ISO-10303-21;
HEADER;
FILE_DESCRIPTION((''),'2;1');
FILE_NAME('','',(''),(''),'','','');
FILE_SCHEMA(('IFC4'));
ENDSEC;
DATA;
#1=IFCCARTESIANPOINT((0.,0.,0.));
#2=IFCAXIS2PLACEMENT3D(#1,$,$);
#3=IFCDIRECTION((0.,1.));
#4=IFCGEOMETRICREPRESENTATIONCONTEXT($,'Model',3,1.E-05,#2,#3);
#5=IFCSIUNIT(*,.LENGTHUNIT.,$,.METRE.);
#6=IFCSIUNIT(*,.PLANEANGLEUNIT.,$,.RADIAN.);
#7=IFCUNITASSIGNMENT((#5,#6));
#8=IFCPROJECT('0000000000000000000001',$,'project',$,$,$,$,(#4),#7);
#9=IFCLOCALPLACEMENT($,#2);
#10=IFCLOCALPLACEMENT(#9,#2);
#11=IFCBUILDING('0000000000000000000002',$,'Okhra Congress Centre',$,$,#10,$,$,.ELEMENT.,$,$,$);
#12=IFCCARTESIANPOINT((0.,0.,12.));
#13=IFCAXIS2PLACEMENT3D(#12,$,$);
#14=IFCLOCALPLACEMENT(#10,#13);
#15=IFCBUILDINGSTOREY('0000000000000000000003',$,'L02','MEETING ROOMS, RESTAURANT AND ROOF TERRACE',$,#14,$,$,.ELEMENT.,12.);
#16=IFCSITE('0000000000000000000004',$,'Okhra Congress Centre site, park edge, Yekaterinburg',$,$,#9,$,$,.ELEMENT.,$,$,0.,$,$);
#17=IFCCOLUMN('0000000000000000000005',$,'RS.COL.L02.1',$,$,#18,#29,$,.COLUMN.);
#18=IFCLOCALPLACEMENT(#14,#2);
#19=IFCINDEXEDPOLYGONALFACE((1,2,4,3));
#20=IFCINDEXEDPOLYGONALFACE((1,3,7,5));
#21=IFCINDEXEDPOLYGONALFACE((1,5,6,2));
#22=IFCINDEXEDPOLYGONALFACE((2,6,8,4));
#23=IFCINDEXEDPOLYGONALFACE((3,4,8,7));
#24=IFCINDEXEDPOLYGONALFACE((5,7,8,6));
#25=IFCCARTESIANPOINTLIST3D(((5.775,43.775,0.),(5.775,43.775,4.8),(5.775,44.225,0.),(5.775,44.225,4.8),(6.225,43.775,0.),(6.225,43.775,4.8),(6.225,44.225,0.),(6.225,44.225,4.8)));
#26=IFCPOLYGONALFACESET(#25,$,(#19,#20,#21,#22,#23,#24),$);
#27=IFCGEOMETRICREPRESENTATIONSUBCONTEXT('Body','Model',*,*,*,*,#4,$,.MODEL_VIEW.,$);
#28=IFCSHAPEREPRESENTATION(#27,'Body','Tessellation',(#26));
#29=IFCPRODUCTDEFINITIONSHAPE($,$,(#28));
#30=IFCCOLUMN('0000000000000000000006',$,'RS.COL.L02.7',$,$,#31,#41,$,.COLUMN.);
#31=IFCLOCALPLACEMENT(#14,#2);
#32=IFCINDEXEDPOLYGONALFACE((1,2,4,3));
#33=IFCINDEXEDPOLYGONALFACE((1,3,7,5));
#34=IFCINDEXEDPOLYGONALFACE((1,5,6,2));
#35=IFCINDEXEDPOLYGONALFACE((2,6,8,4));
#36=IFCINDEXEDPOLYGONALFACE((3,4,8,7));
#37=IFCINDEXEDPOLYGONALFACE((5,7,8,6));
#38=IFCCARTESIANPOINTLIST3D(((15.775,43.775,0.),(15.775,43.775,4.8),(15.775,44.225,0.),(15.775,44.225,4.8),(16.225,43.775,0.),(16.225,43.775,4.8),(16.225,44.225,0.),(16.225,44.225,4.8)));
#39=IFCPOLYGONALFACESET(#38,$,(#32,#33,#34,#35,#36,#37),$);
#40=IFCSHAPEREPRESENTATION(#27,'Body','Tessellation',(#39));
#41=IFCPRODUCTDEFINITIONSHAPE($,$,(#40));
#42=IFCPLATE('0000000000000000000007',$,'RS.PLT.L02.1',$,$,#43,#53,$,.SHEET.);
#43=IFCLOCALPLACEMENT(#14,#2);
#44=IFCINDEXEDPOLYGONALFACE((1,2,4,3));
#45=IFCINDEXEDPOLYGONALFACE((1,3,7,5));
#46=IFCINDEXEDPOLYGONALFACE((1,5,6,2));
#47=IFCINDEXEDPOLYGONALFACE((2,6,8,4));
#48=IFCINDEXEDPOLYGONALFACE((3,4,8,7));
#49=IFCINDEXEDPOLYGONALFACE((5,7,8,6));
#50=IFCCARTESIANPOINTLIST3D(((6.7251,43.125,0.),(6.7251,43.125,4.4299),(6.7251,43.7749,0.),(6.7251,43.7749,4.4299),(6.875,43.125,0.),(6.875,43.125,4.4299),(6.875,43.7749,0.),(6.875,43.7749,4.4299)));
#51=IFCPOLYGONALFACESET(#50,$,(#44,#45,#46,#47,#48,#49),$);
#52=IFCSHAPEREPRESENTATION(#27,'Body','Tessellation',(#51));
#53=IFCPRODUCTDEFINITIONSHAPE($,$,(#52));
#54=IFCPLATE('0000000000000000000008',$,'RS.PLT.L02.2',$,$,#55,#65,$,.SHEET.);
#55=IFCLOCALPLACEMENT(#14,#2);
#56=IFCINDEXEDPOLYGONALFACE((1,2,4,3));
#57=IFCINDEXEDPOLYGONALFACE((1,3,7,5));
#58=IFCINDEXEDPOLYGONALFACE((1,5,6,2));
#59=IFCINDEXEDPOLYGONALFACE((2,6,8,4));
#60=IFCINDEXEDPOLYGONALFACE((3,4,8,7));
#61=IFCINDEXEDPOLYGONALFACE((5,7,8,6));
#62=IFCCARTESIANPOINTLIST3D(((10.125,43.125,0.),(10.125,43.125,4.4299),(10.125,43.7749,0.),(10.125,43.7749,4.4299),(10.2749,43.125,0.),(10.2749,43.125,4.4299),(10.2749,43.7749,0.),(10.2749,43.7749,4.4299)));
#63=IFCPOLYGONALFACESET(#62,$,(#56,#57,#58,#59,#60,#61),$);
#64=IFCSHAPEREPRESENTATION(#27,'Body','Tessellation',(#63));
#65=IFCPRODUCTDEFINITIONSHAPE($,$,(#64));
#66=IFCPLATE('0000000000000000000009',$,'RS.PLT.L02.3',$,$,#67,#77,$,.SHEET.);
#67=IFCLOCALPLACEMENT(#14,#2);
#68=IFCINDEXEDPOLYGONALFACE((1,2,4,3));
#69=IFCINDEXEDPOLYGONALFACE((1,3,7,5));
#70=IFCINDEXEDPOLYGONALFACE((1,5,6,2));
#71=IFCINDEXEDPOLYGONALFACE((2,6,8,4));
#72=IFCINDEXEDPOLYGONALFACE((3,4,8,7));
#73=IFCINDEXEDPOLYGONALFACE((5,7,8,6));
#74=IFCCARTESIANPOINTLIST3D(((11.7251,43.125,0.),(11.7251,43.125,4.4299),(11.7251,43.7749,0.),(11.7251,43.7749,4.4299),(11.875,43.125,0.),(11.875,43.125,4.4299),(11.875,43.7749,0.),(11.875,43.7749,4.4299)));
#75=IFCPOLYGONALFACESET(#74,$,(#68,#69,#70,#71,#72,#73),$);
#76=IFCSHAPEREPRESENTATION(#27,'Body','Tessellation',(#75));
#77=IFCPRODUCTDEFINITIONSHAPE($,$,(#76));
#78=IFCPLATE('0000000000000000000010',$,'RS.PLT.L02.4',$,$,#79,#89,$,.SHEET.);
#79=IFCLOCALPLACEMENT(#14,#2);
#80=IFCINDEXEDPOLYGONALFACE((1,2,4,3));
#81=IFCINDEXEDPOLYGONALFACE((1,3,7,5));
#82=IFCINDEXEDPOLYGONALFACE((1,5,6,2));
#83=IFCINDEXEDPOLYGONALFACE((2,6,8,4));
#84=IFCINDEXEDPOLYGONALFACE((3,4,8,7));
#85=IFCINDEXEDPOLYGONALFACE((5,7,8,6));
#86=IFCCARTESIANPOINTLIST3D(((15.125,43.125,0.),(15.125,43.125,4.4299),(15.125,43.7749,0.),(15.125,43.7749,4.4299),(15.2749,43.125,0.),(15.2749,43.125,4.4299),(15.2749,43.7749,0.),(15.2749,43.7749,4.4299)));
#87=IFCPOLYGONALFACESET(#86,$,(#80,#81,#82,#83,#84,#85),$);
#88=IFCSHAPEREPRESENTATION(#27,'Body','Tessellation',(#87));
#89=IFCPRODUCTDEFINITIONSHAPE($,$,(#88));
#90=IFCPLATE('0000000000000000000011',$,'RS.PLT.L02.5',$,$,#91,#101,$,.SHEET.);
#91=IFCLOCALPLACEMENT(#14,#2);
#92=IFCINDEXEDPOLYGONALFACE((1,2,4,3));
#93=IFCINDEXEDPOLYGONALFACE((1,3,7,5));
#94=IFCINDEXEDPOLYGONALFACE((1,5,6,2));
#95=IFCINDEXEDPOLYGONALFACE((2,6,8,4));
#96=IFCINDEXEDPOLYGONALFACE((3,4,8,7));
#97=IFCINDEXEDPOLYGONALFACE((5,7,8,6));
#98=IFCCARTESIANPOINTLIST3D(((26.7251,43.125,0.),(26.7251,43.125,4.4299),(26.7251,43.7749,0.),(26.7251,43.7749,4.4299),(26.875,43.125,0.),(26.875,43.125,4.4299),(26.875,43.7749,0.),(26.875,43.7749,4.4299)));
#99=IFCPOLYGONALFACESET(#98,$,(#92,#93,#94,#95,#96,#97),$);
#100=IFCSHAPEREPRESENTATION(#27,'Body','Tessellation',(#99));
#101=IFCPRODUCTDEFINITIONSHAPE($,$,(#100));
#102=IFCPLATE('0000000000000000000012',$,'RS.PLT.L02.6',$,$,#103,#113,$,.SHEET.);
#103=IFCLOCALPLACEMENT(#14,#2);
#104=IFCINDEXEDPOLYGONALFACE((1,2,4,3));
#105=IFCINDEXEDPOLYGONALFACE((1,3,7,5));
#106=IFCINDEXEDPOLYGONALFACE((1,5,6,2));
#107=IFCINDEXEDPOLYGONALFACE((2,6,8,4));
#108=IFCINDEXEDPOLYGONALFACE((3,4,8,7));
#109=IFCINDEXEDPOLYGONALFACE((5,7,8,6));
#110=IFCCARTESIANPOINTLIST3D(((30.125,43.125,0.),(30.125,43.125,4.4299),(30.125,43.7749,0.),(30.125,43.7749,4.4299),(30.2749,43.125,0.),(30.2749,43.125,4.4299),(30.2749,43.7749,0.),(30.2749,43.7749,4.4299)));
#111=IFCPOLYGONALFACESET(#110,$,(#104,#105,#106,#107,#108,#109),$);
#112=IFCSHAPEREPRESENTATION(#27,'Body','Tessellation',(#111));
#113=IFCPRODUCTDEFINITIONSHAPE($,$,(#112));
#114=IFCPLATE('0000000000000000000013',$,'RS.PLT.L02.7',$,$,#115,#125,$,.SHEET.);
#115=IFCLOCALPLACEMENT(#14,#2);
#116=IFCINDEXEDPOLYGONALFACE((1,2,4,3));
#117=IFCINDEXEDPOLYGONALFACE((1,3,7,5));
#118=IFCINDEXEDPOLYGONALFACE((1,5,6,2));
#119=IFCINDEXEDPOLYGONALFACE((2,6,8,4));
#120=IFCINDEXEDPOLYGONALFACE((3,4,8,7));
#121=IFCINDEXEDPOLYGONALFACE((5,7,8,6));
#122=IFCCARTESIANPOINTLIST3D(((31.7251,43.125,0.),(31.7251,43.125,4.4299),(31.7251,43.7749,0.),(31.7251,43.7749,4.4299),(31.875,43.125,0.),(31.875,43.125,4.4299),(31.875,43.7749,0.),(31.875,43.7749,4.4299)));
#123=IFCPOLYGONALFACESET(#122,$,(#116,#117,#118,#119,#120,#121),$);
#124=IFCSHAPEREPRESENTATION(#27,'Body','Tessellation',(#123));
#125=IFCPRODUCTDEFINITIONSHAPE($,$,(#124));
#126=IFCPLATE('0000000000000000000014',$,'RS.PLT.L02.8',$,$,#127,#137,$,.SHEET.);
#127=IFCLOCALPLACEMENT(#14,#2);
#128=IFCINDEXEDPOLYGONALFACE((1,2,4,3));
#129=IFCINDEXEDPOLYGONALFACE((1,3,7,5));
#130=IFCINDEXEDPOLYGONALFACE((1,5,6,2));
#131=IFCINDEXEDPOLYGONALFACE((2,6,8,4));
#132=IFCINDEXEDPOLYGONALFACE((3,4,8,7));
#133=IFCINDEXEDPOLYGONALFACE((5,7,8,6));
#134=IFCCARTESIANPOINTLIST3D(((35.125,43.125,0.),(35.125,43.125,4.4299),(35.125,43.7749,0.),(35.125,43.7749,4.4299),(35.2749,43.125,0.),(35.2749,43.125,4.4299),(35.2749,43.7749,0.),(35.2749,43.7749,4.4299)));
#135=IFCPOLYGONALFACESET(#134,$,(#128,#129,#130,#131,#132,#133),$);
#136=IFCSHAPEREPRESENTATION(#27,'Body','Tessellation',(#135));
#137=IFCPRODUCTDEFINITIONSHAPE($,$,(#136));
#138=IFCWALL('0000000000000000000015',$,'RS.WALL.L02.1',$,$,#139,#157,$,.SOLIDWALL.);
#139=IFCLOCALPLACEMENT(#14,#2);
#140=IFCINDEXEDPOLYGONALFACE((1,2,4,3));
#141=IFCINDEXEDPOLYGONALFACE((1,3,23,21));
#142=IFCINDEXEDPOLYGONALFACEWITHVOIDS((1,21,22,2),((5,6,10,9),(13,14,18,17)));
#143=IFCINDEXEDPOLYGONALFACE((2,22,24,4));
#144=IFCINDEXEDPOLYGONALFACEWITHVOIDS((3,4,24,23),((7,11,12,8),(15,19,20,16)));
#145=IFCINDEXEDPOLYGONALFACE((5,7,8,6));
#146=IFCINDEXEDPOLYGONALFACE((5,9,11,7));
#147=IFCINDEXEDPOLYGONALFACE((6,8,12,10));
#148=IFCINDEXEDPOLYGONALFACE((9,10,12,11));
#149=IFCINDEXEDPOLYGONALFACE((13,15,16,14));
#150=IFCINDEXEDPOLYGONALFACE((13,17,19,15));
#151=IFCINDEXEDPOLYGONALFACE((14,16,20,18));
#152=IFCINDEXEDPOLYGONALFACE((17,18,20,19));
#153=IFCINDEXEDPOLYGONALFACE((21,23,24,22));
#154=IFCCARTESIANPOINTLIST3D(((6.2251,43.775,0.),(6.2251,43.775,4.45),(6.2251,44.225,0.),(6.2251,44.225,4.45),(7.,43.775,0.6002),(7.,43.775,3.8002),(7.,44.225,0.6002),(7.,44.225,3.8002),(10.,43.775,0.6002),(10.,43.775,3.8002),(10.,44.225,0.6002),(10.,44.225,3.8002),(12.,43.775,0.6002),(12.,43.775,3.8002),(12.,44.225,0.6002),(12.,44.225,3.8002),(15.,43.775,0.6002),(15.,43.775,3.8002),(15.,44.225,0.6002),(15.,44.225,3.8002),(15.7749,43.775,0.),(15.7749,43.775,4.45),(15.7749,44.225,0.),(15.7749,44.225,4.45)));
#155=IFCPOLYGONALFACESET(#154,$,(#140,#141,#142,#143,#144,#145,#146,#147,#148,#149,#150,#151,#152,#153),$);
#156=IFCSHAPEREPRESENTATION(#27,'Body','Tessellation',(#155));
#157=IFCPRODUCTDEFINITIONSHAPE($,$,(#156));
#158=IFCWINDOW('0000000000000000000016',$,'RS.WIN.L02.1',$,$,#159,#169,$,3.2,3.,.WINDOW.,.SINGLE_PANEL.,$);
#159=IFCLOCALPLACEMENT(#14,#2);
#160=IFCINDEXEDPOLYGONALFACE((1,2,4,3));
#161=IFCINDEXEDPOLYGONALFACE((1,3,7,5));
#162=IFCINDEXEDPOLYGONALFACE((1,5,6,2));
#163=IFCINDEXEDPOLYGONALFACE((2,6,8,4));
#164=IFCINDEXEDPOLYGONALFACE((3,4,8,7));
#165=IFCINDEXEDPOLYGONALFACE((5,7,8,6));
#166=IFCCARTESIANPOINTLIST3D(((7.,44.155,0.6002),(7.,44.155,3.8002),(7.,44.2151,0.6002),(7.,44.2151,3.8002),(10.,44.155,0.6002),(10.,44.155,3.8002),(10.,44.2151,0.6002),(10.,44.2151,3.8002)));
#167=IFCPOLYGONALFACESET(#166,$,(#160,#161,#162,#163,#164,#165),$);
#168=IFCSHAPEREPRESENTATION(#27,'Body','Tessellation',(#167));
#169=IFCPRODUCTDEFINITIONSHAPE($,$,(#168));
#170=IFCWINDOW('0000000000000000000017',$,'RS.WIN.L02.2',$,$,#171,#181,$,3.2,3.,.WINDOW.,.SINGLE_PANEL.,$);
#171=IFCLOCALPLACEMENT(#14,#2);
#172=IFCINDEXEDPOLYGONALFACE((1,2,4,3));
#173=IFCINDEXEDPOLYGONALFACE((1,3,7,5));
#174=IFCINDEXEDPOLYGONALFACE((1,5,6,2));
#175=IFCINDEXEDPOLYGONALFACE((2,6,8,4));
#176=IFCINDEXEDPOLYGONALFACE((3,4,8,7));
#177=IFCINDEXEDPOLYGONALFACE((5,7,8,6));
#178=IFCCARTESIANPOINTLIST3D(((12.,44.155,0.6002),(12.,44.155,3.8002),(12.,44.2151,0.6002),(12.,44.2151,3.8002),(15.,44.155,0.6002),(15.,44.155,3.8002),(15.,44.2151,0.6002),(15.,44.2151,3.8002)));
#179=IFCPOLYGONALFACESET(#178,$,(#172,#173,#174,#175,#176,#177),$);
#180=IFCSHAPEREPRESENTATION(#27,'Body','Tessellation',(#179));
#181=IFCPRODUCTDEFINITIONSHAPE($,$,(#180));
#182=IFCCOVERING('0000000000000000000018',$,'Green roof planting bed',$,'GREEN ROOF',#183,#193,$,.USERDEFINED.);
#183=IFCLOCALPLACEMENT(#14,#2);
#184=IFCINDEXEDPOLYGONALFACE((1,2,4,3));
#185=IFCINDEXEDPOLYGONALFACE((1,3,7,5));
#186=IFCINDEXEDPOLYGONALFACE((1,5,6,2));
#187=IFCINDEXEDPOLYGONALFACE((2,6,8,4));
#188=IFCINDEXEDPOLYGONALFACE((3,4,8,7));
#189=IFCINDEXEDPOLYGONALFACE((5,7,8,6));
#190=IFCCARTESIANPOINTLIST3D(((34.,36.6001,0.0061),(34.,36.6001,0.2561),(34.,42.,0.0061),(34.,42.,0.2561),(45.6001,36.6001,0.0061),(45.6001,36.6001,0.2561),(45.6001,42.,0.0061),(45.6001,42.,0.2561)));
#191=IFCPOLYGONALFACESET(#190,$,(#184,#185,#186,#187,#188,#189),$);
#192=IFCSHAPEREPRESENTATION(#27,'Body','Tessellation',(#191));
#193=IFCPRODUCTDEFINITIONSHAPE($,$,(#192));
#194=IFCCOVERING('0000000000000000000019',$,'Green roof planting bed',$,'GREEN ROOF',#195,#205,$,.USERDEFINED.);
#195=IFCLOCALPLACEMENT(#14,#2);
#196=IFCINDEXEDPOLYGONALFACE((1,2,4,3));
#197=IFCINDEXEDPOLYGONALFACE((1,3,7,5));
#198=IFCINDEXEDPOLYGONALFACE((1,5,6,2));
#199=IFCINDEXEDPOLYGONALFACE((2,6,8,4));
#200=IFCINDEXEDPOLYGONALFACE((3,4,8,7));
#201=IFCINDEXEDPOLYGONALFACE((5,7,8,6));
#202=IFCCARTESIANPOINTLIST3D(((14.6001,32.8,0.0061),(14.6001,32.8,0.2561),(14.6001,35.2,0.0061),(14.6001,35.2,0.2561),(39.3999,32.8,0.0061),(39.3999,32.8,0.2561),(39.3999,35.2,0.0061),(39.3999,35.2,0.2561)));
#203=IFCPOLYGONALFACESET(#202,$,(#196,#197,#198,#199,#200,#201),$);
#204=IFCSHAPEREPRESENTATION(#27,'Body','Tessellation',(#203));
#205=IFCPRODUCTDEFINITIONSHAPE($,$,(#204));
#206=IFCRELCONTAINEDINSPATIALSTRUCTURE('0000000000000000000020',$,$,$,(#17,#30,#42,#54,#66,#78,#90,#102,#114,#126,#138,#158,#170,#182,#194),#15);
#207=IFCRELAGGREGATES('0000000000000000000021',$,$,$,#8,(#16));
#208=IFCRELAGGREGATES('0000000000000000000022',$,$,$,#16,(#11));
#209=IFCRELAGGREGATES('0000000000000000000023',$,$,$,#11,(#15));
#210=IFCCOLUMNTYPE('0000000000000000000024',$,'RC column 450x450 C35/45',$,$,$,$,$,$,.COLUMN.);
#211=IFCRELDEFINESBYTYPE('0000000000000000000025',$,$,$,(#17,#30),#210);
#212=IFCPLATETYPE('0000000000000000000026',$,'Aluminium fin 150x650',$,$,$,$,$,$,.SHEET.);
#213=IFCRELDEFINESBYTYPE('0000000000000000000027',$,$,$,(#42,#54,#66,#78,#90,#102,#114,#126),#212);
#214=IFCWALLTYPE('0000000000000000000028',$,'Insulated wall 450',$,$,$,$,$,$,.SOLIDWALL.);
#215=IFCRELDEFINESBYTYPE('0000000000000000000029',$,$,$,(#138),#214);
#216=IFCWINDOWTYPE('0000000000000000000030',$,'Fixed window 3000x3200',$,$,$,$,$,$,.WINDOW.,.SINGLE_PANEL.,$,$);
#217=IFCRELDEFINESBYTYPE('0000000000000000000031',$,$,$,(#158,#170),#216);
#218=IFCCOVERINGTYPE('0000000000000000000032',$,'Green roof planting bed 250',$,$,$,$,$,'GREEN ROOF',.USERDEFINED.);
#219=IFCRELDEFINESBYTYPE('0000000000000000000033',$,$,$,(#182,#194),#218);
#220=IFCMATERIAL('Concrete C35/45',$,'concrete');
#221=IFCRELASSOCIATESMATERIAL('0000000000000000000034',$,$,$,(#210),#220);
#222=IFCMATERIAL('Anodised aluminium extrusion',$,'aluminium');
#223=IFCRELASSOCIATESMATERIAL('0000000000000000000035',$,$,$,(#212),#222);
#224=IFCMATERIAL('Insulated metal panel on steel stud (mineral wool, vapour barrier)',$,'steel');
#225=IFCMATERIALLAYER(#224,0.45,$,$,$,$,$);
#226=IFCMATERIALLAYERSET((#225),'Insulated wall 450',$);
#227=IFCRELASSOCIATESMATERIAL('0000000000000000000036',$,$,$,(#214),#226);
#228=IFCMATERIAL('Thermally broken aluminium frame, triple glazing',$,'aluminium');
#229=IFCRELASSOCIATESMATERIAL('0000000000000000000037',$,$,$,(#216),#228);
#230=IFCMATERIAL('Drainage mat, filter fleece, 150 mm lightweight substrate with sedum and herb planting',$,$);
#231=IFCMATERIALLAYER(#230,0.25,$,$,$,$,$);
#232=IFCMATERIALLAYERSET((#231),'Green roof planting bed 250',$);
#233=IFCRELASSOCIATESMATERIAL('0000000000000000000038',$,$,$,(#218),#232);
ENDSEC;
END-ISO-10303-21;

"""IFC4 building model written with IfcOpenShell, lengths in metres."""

from ifc_helpers import new_model, si_unit, direction, frame, frame_2d, origin, origin_2d, place, context, subcontext, project, spatial, polyline, rectangle, outline, extrude, material, layer, layer_set, material_profile, profile_set, type_object, element, fill, save


model = new_model("IFC4")

# Units and contexts
model_context = context("Model", 3, precision=1e-05, world=origin(), true_north=direction((0.0, 1.0)))
body_context = subcontext(model_context, "Body", "Model", "MODEL_VIEW")
ifc_project = project(units=[si_unit("LENGTHUNIT", "METRE"), si_unit("PLANEANGLEUNIT", "RADIAN")], contexts=[model_context])

# Site, building, storey
site_placement = place(None, origin())
site = spatial("IfcSite", under=ifc_project, at=site_placement, Name="Okhra Congress Centre site, park edge, Yekaterinburg", CompositionType="ELEMENT", RefElevation=0.0)
building_placement = place(site_placement, origin())
building = spatial("IfcBuilding", under=site, at=building_placement, Name="Okhra Congress Centre", CompositionType="ELEMENT")
storey_placement = place(building_placement, frame((0.0, 0.0, 12.0)))
storey = spatial("IfcBuildingStorey", under=building, at=storey_placement, Name="L02", Description="MEETING ROOMS, RESTAURANT AND ROOF TERRACE", CompositionType="ELEMENT", Elevation=12.0)

# Columns
ifc_material_1 = material(Name="Concrete C35/45", Category="concrete")
ifc_material_profile = material_profile(ifc_material_1, rectangle(XDim=0.45, YDim=0.45, at=origin_2d()), Name="RC 450x450")
ifc_profile_set = profile_set([ifc_material_profile], Name="Concrete C35/45")
column_type = type_object("IfcColumnType", Name="RC column 450x450 C35/45", PredefinedType="COLUMN", material=ifc_profile_set)
for number, where, z_axis, x_axis, name in (
    (1, (6.0, 44.0, 0.0), (0.0, 0.0, 1.0), (1.0, 0.0, 0.0), "RS.COL.L02.1"),
    (2, (16.0, 44.0, 0.0), (0.0, 0.0, 1.0), (1.0, 0.0, 0.0), "RS.COL.L02.7"),
):
    element("IfcColumn", number, at=place(storey_placement, frame(where, z_axis=z_axis, x_axis=x_axis)), inside=storey, type_object=column_type, Name=name, PredefinedType="COLUMN", context=body_context, shape_type="SweptSolid", body=[
        extrude(rectangle(XDim=0.45, YDim=0.45, at=origin_2d()), origin(), (0.0, 0.0, 1.0), 4.8),
    ])

# Plates
ifc_material_2 = material(Name="Anodised aluminium extrusion", Category="aluminium")
plate_type = type_object("IfcPlateType", Name="Aluminium fin 150x650", PredefinedType="SHEET", material=ifc_material_2)
for number, where, z_axis, x_axis, name in (
    (3, (6.8, 43.45, 0.0), (0.0, 0.0, 1.0), (1.0, 0.0, 0.0), "RS.PLT.L02.1"),
    (4, (10.2, 43.45, 0.0), (0.0, 0.0, 1.0), (1.0, 0.0, 0.0), "RS.PLT.L02.2"),
    (5, (11.8, 43.45, 0.0), (0.0, 0.0, 1.0), (1.0, 0.0, 0.0), "RS.PLT.L02.3"),
    (6, (15.2, 43.45, 0.0), (0.0, 0.0, 1.0), (1.0, 0.0, 0.0), "RS.PLT.L02.4"),
    (7, (26.8, 43.45, 0.0), (0.0, 0.0, 1.0), (1.0, 0.0, 0.0), "RS.PLT.L02.5"),
    (8, (30.2, 43.45, 0.0), (0.0, 0.0, 1.0), (1.0, 0.0, 0.0), "RS.PLT.L02.6"),
    (9, (31.8, 43.45, 0.0), (0.0, 0.0, 1.0), (1.0, 0.0, 0.0), "RS.PLT.L02.7"),
    (10, (35.2, 43.45, 0.0), (0.0, 0.0, 1.0), (1.0, 0.0, 0.0), "RS.PLT.L02.8"),
):
    element("IfcPlate", number, at=place(storey_placement, frame(where, z_axis=z_axis, x_axis=x_axis)), inside=storey, type_object=plate_type, Name=name, PredefinedType="SHEET", context=body_context, shape_type="SweptSolid", body=[
        extrude(rectangle(XDim=0.1499, YDim=0.6499, at=origin_2d()), origin(), (0.0, 0.0, 1.0), 4.4299),
    ])

# Wall, openings, windows
ifc_material_3 = material(Name="Insulated metal panel on steel stud (mineral wool, vapour barrier)", Category="steel")
ifc_layer_1 = layer(ifc_material_3, 0.45)
ifc_layer_set_1 = layer_set([ifc_layer_1], Name="Insulated wall 450")
wall_type = type_object("IfcWallType", Name="Insulated wall 450", PredefinedType="SOLIDWALL", material=ifc_layer_set_1)
wall_placement = place(storey_placement, frame((6.2251, 44.0, 0.0), z_axis=(0.0, 0.0, 1.0), x_axis=(1.0, 0.0, 0.0)))
wall = element("IfcWall", 11, at=wall_placement, inside=storey, type_object=wall_type, Name="RS.WALL.L02.1", PredefinedType="SOLIDWALL", context=body_context, shape_type="SweptSolid", body=[
    extrude(rectangle(XDim=9.5498, YDim=0.45, at=frame_2d((4.7749, 0.0))), origin(), (0.0, 0.0, 1.0), 4.45),
])
opening_1_placement = place(wall_placement, frame((0.7749, 0.0, 0.6001)))
opening_1 = element("IfcOpeningElement", 12, at=opening_1_placement, cuts=wall, PredefinedType="OPENING", context=body_context, shape_type="SweptSolid", body=[
    extrude(rectangle(XDim=3.0, YDim=3.2, at=frame_2d((1.5, 1.6001))), frame((0.0, 0.2349, 0.0), z_axis=(0.0, -1.0, 0.0), x_axis=(1.0, 0.0, 0.0)), (0.0, 0.0, 1.0), 0.47),
])
opening_2_placement = place(wall_placement, frame((5.7749, 0.0, 0.6001)))
opening_2 = element("IfcOpeningElement", 13, at=opening_2_placement, cuts=wall, PredefinedType="OPENING", context=body_context, shape_type="SweptSolid", body=[
    extrude(rectangle(XDim=3.0, YDim=3.2, at=frame_2d((1.5, 1.6001))), frame((0.0, 0.2349, 0.0), z_axis=(0.0, -1.0, 0.0), x_axis=(1.0, 0.0, 0.0)), (0.0, 0.0, 1.0), 0.47),
])
ifc_material_4 = material(Name="Thermally broken aluminium frame, triple glazing", Category="aluminium")
window_type = type_object("IfcWindowType", Name="Fixed window 3000x3200", PartitioningType="SINGLE_PANEL", PredefinedType="WINDOW", material=ifc_material_4)
window_1_placement = place(opening_1_placement, origin())
window_1 = element("IfcWindow", 14, at=window_1_placement, inside=storey, type_object=window_type, Name="RS.WIN.L02.1", OverallHeight=3.2, OverallWidth=3.0, PartitioningType="SINGLE_PANEL", PredefinedType="WINDOW", context=body_context, shape_type="SweptSolid", body=[
    extrude(rectangle(XDim=3.0, YDim=3.2, at=frame_2d((1.5, 1.6001))), frame((0.0, 0.2151, 0.0), z_axis=(0.0, -1.0, 0.0), x_axis=(1.0, 0.0, 0.0)), (0.0, 0.0, 1.0), 0.0601),
])
fill(opening_1, window_1)
window_2_placement = place(opening_2_placement, origin())
window_2 = element("IfcWindow", 15, at=window_2_placement, inside=storey, type_object=window_type, Name="RS.WIN.L02.2", OverallHeight=3.2, OverallWidth=3.0, PartitioningType="SINGLE_PANEL", PredefinedType="WINDOW", context=body_context, shape_type="SweptSolid", body=[
    extrude(rectangle(XDim=3.0, YDim=3.2, at=frame_2d((1.5, 1.6001))), frame((0.0, 0.2151, 0.0), z_axis=(0.0, -1.0, 0.0), x_axis=(1.0, 0.0, 0.0)), (0.0, 0.0, 1.0), 0.0601),
])
fill(opening_2, window_2)

# Coverings
ifc_material_5 = material(Name="Drainage mat, filter fleece, 150 mm lightweight substrate with sedum and herb planting")
ifc_layer_2 = layer(ifc_material_5, 0.25)
ifc_layer_set_2 = layer_set([ifc_layer_2], Name="Green roof planting bed 250")
covering_type = type_object("IfcCoveringType", Name="Green roof planting bed 250", ElementType="GREEN ROOF", PredefinedType="USERDEFINED", material=ifc_layer_set_2)
covering_1_placement = place(storey_placement, frame((0.0, 0.0, 0.0061)))
element("IfcCovering", 16, at=covering_1_placement, inside=storey, type_object=covering_type, Name="Green roof planting bed", ObjectType="GREEN ROOF", PredefinedType="USERDEFINED", context=body_context, shape_type="SweptSolid", body=[
    extrude(outline(polyline([(34.0, 36.6001), (45.6001, 36.6001), (45.6001, 42.0), (34.0, 42.0), (34.0, 36.6001)])), origin(), (0.0, 0.0, 1.0), 0.25),
])
covering_2_placement = place(storey_placement, frame((0.0, 0.0, 0.0061)))
element("IfcCovering", 17, at=covering_2_placement, inside=storey, type_object=covering_type, Name="Green roof planting bed", ObjectType="GREEN ROOF", PredefinedType="USERDEFINED", context=body_context, shape_type="SweptSolid", body=[
    extrude(outline(polyline([(14.6001, 32.8), (39.3999, 32.8), (39.3999, 35.2), (14.6001, 35.2), (14.6001, 32.8)])), origin(), (0.0, 0.0, 1.0), 0.25),
])

save(model, "model.ifc")
